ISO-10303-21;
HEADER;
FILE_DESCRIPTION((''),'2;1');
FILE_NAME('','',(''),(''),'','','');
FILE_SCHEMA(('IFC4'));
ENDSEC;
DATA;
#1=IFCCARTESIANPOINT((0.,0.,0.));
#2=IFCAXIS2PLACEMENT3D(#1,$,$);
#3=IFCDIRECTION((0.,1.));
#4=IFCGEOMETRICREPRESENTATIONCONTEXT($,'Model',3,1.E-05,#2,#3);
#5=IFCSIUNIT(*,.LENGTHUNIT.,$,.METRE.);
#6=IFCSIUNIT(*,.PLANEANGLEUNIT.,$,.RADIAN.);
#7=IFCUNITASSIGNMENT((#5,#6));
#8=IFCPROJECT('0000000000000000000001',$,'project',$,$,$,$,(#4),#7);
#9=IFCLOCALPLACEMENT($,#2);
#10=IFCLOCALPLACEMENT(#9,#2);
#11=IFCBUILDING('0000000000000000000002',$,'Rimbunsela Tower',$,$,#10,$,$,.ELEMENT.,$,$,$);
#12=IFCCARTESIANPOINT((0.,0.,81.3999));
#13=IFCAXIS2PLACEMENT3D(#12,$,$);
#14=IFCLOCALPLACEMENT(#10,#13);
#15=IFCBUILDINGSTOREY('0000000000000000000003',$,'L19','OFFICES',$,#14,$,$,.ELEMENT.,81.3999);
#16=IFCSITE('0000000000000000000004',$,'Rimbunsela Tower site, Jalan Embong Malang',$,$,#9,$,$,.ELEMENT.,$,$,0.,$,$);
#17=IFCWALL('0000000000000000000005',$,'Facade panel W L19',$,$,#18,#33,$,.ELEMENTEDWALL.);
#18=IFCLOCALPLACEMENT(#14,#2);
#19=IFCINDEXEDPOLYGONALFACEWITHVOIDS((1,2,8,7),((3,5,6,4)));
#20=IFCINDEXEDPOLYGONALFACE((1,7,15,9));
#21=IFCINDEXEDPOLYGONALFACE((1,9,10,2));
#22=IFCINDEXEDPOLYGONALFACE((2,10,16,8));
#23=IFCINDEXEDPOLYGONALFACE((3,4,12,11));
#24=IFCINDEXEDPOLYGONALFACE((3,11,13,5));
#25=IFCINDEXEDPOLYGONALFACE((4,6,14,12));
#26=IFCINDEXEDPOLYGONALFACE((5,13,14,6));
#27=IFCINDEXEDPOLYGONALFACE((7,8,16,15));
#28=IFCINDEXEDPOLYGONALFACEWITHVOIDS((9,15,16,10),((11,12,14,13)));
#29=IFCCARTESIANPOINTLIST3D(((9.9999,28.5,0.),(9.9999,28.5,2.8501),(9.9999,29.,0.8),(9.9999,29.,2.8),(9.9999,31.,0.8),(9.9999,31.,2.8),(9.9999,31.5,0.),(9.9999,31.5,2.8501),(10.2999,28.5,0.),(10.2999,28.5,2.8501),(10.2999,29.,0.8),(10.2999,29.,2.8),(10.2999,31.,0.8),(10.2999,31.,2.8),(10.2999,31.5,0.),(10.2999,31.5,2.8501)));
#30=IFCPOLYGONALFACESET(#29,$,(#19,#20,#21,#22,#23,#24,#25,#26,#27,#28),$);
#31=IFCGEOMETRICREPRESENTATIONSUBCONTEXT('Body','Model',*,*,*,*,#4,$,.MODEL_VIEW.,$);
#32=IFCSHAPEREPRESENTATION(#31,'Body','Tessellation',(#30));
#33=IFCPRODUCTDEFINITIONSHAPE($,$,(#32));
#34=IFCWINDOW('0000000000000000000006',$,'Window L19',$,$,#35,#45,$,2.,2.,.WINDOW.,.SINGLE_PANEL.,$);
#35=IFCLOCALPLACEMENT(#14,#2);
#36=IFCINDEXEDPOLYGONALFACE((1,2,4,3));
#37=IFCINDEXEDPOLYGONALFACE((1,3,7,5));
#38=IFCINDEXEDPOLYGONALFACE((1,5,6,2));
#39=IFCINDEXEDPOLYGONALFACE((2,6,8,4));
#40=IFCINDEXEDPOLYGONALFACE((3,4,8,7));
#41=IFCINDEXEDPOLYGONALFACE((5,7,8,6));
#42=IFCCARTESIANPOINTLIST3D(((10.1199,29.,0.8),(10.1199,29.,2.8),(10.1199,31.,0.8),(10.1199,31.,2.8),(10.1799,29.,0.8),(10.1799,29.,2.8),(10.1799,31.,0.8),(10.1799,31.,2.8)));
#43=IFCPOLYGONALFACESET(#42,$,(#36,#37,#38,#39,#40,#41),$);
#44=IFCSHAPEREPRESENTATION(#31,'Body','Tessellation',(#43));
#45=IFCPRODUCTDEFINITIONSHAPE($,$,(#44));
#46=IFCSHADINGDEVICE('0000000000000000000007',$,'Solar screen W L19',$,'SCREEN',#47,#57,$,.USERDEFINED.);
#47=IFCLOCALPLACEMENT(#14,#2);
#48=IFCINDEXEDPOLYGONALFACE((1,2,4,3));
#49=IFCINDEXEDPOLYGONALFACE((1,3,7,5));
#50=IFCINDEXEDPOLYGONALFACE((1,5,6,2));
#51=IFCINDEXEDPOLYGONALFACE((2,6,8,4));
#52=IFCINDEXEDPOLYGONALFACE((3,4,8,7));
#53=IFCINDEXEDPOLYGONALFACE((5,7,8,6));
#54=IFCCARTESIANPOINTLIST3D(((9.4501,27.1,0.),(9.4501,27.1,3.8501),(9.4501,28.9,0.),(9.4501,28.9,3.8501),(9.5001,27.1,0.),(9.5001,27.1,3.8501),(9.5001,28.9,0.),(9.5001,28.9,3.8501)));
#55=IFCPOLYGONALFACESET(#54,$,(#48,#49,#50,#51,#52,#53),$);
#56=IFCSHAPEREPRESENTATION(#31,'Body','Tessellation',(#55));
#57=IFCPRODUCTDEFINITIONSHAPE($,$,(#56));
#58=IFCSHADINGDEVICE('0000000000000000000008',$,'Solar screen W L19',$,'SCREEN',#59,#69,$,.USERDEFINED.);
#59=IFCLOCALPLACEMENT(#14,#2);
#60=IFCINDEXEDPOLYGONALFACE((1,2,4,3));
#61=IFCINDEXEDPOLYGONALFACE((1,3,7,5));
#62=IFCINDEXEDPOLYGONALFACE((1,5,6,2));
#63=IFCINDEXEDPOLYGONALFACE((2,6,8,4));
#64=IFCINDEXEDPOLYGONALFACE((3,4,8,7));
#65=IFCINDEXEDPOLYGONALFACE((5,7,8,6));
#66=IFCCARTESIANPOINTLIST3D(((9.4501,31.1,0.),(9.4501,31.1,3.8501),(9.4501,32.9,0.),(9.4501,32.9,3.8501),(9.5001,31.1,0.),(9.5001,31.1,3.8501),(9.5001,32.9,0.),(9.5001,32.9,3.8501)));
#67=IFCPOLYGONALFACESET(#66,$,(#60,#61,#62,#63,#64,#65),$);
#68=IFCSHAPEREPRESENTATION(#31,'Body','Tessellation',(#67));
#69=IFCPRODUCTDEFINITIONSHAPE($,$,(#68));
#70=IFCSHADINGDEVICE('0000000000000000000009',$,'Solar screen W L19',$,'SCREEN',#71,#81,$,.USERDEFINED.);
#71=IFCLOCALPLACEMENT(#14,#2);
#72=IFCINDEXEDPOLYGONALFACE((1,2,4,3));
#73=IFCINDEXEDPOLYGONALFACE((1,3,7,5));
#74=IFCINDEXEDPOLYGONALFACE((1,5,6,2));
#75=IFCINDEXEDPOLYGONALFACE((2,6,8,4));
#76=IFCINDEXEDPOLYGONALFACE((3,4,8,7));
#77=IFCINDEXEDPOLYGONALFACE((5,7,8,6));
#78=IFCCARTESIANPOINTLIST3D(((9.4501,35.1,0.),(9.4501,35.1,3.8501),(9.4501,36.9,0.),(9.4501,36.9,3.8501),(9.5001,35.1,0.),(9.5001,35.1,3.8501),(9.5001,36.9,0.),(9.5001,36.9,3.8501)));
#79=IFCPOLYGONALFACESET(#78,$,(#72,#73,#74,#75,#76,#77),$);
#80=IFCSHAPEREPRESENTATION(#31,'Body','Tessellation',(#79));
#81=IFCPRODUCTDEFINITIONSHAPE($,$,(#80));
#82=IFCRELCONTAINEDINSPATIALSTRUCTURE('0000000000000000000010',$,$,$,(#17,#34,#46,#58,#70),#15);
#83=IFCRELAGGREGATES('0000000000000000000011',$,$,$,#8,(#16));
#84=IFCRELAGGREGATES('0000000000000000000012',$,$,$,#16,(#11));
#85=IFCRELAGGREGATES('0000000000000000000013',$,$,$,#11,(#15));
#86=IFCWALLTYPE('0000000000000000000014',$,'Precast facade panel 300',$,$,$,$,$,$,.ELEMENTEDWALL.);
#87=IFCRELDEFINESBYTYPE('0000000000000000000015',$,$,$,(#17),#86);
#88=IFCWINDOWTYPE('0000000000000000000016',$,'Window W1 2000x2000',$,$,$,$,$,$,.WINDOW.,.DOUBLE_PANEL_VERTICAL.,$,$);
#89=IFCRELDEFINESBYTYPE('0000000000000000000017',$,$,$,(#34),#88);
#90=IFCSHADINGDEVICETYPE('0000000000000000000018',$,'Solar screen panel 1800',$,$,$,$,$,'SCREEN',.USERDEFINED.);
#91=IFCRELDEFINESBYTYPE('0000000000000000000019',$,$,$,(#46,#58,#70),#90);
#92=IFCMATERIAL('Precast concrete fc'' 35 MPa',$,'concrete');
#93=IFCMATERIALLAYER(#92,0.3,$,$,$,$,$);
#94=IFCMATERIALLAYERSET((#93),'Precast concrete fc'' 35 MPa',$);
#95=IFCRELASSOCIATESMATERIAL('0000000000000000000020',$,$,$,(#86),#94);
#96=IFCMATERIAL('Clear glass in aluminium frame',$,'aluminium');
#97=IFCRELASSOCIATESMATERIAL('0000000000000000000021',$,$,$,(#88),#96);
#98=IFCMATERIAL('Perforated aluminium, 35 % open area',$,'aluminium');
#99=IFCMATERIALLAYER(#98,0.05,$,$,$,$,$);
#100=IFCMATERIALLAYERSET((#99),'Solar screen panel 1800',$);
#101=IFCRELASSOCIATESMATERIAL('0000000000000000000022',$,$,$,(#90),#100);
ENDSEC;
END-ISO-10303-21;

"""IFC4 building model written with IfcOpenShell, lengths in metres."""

from ifc_helpers import new_model, si_unit, direction, frame, frame_2d, origin, origin_2d, place, context, subcontext, project, spatial, rectangle, extrude, material, layer, layer_set, type_object, element, fill, save


model = new_model("IFC4")

# Units and contexts
model_context = context("Model", 3, precision=1e-05, world=origin(), true_north=direction((0.0, 1.0)))
body_context = subcontext(model_context, "Body", "Model", "MODEL_VIEW")
ifc_project = project(units=[si_unit("LENGTHUNIT", "METRE"), si_unit("PLANEANGLEUNIT", "RADIAN")], contexts=[model_context])

# Site, building, storey
site_placement = place(None, origin())
site = spatial("IfcSite", under=ifc_project, at=site_placement, Name="Rimbunsela Tower site, Jalan Embong Malang", CompositionType="ELEMENT", RefElevation=0.0)
building_placement = place(site_placement, origin())
building = spatial("IfcBuilding", under=site, at=building_placement, Name="Rimbunsela Tower", CompositionType="ELEMENT")
storey_placement = place(building_placement, frame((0.0, 0.0, 81.3999)))
storey = spatial("IfcBuildingStorey", under=building, at=storey_placement, Name="L19", Description="OFFICES", CompositionType="ELEMENT", Elevation=81.3999)

# Wall, opening, window
ifc_material_1 = material(Name="Precast concrete fc' 35 MPa", Category="concrete")
ifc_layer_1 = layer(ifc_material_1, 0.3)
ifc_layer_set_1 = layer_set([ifc_layer_1], Name="Precast concrete fc' 35 MPa")
wall_type = type_object("IfcWallType", Name="Precast facade panel 300", PredefinedType="ELEMENTEDWALL", material=ifc_layer_set_1)
ifc_material_2 = material(Name="Clear glass in aluminium frame", Category="aluminium")
window_type = type_object("IfcWindowType", Name="Window W1 2000x2000", PartitioningType="DOUBLE_PANEL_VERTICAL", PredefinedType="WINDOW", material=ifc_material_2)
wall_1_placement = place(storey_placement, frame((10.1499, 31.5, 0.0), z_axis=(0.0, 0.0, 1.0), x_axis=(0.0, -1.0, 0.0)))
wall_1 = element("IfcWall", 1, at=wall_1_placement, inside=storey, type_object=wall_type, Name="Facade panel W L19", PredefinedType="ELEMENTEDWALL", context=body_context, shape_type="SweptSolid", body=[
    extrude(rectangle(XDim=3.0, YDim=0.3, at=frame_2d((1.5, 0.0))), origin(), (0.0, 0.0, 1.0), 2.8501),
])
opening_1_placement = place(wall_1_placement, frame((0.5, 0.0, 0.8)))
opening_1 = element("IfcOpeningElement", 2, at=opening_1_placement, cuts=wall_1, PredefinedType="OPENING", context=body_context, shape_type="SweptSolid", body=[
    extrude(rectangle(XDim=2.0, YDim=2.0, at=frame_2d((1.0, 1.0))), frame((0.0, 0.1599, 0.0), z_axis=(0.0, -1.0, 0.0), x_axis=(1.0, 0.0, 0.0)), (0.0, 0.0, 1.0), 0.3201),
])
window_1_placement = place(opening_1_placement, origin())
window_1 = element("IfcWindow", 3, at=window_1_placement, inside=storey, type_object=window_type, Name="Window L19", OverallHeight=2.0, OverallWidth=2.0, PartitioningType="SINGLE_PANEL", PredefinedType="WINDOW", context=body_context, shape_type="SweptSolid", body=[
    extrude(rectangle(XDim=2.0, YDim=2.0, at=frame_2d((1.0, 1.0))), frame((0.0, 0.03, 0.0), z_axis=(0.0, -1.0, 0.0), x_axis=(1.0, 0.0, 0.0)), (0.0, 0.0, 1.0), 0.0601),
])
fill(opening_1, window_1)

# Shading devices
ifc_material_3 = material(Name="Perforated aluminium, 35 % open area", Category="aluminium")
ifc_layer_2 = layer(ifc_material_3, 0.05)
ifc_layer_set_2 = layer_set([ifc_layer_2], Name="Solar screen panel 1800")
shading_device_type = type_object("IfcShadingDeviceType", Name="Solar screen panel 1800", ElementType="SCREEN", PredefinedType="USERDEFINED", material=ifc_layer_set_2)
for number, where, z_axis, x_axis, name in (
    (4, (9.4751, 28.0, 0.0), (0.0, 0.0, 1.0), (0.0, 1.0, 0.0), "Solar screen W L19"),
    (5, (9.4751, 32.0, 0.0), (0.0, 0.0, 1.0), (0.0, 1.0, 0.0), "Solar screen W L19"),
    (6, (9.4751, 36.0, 0.0), (0.0, 0.0, 1.0), (0.0, 1.0, 0.0), "Solar screen W L19"),
):
    element("IfcShadingDevice", number, at=place(storey_placement, frame(where, z_axis=z_axis, x_axis=x_axis)), inside=storey, type_object=shading_device_type, Name=name, ObjectType="SCREEN", PredefinedType="USERDEFINED", context=body_context, shape_type="SweptSolid", body=[
        extrude(rectangle(XDim=1.8, YDim=0.05, at=origin_2d()), origin(), (0.0, 0.0, 1.0), 3.8501),
    ])

save(model, "model.ifc")
